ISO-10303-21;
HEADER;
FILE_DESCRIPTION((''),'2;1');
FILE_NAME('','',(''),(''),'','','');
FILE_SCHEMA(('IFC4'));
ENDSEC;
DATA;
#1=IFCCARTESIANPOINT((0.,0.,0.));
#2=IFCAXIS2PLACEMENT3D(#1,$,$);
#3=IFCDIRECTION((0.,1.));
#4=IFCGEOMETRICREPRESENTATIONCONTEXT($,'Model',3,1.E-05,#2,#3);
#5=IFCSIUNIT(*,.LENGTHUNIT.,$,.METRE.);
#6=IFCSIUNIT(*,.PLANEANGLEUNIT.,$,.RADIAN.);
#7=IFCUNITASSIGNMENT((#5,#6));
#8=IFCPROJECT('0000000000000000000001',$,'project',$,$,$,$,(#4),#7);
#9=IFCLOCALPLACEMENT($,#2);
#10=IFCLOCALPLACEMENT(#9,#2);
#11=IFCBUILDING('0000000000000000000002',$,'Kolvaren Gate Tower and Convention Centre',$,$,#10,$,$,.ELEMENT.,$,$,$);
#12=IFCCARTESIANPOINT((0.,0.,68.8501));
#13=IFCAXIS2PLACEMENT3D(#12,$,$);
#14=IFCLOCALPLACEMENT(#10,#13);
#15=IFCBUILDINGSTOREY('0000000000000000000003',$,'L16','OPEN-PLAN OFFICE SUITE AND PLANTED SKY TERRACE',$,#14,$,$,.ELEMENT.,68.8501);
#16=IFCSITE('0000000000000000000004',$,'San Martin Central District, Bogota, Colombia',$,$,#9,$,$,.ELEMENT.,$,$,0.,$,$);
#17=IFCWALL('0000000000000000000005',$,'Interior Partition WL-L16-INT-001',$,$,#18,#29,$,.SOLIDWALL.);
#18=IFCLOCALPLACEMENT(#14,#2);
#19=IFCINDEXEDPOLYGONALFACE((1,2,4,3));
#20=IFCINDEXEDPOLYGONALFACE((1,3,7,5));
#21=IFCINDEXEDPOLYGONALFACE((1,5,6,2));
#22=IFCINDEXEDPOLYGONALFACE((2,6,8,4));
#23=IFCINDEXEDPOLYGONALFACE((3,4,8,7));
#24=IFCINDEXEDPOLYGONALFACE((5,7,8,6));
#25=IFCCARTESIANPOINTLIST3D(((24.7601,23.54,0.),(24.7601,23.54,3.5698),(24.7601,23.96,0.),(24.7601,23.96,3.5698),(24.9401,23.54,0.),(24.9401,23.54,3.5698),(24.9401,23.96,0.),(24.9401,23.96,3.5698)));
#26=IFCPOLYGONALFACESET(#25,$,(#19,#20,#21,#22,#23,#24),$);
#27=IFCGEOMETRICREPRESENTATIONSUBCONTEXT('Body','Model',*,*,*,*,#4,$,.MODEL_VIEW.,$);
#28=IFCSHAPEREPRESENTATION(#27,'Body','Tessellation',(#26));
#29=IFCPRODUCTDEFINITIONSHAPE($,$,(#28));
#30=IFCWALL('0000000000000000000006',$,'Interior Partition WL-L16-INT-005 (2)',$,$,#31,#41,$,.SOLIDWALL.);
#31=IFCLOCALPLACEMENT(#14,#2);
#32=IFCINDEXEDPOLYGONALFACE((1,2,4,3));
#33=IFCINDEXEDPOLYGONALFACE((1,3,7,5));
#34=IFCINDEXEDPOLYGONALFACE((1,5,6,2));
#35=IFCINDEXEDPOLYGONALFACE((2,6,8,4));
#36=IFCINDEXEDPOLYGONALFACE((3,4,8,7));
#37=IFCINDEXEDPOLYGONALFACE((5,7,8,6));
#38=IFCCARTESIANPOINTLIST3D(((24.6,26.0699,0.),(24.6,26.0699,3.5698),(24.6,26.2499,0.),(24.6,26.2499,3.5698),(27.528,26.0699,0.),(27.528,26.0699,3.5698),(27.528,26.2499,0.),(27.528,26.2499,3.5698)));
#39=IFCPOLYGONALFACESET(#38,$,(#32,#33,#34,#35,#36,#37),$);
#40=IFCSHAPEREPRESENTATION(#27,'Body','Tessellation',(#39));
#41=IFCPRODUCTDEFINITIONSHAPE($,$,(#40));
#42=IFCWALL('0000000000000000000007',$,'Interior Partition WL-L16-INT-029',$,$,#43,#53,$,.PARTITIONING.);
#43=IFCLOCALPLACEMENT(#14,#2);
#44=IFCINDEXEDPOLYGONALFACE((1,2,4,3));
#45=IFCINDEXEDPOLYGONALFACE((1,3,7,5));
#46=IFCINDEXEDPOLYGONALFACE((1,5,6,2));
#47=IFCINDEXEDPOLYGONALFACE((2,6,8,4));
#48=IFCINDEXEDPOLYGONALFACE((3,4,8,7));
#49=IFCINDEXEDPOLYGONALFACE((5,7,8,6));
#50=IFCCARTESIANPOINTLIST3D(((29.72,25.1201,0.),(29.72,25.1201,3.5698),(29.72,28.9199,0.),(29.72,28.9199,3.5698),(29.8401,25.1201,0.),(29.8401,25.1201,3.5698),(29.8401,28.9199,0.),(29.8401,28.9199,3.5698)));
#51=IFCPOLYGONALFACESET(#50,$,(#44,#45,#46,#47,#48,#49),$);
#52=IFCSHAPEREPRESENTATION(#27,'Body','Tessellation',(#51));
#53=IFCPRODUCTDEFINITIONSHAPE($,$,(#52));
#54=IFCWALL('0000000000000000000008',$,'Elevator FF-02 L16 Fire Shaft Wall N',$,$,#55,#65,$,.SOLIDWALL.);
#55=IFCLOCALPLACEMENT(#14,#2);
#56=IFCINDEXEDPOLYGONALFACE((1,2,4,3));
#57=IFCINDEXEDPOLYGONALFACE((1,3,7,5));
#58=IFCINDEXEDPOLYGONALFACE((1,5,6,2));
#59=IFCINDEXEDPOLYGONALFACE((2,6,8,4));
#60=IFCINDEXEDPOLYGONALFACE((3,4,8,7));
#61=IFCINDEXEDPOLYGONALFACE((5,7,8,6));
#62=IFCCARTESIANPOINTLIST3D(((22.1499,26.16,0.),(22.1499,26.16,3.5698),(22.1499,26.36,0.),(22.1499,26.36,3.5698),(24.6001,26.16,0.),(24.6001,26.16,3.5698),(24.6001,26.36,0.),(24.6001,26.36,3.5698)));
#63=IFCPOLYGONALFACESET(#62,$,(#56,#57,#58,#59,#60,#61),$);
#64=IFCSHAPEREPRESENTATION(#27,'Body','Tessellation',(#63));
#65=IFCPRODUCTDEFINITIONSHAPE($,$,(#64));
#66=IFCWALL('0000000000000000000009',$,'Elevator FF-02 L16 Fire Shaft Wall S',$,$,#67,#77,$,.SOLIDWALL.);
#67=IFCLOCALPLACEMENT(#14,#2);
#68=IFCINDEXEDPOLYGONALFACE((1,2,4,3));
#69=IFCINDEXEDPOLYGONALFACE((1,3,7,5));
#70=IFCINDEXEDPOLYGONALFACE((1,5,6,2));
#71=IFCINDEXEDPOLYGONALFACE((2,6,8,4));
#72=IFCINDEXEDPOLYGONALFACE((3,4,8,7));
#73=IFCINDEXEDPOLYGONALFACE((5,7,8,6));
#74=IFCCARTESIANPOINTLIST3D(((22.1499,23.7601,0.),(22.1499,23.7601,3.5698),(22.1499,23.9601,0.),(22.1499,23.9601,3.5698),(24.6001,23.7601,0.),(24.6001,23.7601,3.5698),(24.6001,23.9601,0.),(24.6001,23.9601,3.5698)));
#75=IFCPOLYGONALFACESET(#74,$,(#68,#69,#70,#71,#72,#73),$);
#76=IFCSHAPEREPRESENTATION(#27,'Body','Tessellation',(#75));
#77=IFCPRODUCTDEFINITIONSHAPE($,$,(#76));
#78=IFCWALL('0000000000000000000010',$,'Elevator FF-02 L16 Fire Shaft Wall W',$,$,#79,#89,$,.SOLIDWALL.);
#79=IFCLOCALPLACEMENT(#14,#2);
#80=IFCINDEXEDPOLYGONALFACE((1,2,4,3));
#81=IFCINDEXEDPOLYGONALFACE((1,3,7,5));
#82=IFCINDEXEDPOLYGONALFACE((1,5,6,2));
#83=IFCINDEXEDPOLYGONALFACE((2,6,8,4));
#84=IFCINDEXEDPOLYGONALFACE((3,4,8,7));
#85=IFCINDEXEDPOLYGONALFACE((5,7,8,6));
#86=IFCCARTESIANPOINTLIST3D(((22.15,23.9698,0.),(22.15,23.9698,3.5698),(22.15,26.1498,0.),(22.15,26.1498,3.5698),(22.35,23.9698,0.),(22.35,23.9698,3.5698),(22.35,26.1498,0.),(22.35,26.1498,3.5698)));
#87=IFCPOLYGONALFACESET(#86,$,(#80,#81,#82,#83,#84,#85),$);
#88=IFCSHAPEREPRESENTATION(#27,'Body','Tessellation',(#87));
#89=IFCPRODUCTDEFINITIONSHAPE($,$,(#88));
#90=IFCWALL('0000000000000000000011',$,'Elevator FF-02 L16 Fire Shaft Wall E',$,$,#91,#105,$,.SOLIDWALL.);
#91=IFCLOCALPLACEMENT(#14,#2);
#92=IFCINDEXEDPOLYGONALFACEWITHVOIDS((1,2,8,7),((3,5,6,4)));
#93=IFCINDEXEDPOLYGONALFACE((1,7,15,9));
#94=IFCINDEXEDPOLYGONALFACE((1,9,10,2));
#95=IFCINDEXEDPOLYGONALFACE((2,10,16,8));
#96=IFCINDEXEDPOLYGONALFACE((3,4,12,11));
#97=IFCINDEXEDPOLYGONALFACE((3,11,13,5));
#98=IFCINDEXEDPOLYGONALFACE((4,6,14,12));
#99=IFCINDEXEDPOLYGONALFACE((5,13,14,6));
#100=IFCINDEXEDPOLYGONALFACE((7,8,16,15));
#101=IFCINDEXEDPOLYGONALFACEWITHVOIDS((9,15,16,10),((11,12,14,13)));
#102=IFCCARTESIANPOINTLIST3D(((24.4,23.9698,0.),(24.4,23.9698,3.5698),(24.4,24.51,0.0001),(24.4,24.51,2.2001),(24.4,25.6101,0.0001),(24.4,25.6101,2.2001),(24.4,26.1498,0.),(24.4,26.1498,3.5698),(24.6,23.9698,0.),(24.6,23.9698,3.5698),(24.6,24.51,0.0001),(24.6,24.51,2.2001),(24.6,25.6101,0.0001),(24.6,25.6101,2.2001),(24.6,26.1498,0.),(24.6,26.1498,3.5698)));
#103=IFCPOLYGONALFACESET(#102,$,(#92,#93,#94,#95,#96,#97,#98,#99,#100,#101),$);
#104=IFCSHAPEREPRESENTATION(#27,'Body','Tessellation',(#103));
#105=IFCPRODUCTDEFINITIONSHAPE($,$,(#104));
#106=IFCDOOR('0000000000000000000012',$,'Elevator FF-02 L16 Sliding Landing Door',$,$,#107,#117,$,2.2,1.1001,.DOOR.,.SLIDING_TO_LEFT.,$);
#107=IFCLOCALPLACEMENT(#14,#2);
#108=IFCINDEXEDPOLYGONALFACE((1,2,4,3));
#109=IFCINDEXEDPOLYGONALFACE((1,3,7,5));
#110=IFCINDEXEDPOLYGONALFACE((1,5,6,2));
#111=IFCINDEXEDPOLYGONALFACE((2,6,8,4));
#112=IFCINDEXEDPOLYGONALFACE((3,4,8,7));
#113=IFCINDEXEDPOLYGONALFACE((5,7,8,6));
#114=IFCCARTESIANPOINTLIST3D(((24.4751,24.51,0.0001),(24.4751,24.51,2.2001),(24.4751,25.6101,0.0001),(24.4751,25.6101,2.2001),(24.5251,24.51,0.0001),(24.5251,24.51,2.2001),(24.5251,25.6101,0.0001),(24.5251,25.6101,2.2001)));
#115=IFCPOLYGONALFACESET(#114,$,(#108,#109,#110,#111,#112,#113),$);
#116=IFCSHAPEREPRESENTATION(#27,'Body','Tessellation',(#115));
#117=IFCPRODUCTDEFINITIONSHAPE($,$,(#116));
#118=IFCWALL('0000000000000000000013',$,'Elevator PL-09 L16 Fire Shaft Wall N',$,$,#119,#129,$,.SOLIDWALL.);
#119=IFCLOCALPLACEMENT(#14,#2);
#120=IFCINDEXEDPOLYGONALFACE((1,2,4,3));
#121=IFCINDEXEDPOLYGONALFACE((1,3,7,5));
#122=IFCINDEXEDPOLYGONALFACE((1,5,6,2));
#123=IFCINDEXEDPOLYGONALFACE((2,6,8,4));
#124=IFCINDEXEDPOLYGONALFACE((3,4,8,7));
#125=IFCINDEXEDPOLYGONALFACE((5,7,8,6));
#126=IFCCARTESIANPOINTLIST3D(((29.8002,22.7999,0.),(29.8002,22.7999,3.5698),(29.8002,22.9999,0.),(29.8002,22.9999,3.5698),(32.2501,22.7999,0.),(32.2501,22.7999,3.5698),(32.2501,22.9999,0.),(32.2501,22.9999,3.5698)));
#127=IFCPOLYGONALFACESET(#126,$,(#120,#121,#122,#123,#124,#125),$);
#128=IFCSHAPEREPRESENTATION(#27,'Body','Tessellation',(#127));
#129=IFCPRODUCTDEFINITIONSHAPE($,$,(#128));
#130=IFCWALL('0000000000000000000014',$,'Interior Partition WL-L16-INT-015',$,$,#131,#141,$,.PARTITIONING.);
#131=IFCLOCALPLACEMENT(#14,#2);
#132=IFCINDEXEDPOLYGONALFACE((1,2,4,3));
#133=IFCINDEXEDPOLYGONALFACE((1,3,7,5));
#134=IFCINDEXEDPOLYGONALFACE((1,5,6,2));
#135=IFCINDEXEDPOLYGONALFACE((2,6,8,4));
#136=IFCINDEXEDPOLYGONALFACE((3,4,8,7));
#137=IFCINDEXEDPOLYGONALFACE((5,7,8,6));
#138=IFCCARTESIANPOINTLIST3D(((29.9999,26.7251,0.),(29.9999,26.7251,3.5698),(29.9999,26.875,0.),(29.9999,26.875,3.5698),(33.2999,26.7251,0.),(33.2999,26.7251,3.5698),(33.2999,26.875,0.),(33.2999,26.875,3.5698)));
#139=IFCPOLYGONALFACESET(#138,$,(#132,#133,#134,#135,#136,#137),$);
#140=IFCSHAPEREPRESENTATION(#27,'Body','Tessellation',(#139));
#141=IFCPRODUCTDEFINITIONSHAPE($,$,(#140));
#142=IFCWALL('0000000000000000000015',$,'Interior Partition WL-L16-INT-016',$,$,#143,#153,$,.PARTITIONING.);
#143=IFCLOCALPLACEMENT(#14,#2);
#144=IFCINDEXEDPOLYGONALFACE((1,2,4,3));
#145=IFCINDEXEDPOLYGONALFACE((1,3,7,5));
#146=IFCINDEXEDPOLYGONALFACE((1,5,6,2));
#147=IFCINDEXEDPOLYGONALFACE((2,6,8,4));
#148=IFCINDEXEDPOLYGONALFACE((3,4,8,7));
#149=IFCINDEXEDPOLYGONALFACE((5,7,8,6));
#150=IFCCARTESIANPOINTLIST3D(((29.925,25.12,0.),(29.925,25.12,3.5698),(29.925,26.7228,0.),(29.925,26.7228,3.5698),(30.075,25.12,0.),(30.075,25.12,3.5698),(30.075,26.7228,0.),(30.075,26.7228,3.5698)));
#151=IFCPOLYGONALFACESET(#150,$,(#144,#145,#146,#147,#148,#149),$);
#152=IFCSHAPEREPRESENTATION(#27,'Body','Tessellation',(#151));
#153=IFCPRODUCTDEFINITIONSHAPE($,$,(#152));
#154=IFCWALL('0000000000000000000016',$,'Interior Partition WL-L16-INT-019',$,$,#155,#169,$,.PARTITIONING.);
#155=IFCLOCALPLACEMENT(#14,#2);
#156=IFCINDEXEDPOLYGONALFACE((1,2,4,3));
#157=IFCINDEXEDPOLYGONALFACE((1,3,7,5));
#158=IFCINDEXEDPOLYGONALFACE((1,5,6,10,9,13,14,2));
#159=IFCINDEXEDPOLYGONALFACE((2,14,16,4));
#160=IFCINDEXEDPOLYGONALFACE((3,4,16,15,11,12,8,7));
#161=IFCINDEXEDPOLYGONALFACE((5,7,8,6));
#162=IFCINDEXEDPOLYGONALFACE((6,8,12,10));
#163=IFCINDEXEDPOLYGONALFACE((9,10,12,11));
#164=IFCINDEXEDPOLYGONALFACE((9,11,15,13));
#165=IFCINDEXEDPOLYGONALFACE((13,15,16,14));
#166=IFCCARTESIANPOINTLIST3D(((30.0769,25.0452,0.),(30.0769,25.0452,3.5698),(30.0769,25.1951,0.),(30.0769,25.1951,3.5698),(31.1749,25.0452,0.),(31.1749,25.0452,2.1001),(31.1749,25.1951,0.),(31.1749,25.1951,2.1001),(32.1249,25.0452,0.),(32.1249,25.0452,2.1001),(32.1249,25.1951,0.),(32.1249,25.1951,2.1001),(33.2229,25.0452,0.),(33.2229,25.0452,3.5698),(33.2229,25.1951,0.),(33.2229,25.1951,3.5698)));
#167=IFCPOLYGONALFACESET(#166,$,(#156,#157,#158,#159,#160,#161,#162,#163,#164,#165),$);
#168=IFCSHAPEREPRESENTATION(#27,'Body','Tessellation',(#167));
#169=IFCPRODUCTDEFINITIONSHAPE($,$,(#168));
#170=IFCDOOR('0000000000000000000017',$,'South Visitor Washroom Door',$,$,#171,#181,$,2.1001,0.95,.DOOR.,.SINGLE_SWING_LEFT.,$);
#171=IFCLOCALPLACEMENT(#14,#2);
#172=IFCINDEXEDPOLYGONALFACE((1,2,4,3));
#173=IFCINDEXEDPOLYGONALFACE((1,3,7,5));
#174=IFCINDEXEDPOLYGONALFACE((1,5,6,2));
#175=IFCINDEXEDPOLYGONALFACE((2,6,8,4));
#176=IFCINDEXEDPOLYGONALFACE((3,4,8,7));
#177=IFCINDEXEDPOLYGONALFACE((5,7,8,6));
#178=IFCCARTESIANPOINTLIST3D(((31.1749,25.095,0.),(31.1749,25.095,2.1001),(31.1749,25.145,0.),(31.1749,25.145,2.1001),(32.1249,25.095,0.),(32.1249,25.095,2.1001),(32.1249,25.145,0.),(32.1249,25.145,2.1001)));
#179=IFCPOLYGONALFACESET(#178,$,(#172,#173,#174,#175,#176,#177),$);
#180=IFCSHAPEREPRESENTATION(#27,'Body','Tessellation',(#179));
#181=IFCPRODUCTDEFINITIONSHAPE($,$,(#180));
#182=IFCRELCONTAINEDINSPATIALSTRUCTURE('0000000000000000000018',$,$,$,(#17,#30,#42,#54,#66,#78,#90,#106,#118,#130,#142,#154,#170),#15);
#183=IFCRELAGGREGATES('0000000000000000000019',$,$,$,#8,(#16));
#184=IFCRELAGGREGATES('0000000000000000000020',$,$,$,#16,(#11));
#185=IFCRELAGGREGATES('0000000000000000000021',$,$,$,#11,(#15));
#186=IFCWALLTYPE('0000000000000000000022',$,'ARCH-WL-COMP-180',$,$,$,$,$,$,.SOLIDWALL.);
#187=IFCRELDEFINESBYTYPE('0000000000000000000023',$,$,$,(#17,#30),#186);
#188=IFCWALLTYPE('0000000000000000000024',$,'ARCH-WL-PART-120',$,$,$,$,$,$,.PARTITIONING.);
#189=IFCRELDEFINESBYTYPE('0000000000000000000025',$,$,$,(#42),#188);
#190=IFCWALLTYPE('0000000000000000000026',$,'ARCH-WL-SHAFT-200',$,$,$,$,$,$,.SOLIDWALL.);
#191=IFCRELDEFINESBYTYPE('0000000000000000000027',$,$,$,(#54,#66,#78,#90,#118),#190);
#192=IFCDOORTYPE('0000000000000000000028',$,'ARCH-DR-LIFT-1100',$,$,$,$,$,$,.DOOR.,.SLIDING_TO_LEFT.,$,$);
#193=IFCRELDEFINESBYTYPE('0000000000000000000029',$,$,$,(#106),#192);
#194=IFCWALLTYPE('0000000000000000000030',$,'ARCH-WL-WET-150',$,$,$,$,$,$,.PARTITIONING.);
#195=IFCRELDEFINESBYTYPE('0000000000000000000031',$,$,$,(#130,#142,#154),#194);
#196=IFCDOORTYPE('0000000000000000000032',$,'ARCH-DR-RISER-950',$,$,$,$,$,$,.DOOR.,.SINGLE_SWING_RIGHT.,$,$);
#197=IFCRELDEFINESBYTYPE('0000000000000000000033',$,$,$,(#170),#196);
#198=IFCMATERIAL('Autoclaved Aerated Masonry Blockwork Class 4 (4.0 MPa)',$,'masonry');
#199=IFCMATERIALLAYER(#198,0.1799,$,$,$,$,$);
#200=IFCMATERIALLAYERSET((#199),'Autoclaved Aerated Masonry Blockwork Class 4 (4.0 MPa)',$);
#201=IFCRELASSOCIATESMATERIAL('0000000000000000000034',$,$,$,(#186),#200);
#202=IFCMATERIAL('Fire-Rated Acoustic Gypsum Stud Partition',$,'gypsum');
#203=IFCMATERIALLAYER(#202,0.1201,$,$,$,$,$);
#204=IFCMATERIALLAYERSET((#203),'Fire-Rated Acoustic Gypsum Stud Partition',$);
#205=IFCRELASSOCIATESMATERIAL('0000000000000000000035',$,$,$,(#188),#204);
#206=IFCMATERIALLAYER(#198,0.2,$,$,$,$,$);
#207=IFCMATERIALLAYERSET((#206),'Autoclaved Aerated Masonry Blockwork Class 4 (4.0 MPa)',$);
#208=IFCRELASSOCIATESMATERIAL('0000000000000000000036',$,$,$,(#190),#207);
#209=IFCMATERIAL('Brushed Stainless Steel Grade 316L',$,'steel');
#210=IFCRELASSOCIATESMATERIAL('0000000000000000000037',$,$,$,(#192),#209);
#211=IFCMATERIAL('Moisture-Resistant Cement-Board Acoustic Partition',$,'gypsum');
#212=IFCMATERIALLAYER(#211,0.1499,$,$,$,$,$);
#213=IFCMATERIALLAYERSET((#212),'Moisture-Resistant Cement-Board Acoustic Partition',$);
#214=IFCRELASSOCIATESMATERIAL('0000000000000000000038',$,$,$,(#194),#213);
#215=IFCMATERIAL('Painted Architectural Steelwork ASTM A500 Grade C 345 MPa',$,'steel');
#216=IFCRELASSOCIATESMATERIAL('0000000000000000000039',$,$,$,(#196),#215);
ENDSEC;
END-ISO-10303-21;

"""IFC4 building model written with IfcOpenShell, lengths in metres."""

from ifc_helpers import new_model, si_unit, direction, frame, frame_2d, origin, place, context, subcontext, project, spatial, rectangle, extrude, material, layer, layer_set, type_object, element, fill, save


model = new_model("IFC4")

# Units and contexts
model_context = context("Model", 3, precision=1e-05, world=origin(), true_north=direction((0.0, 1.0)))
body_context = subcontext(model_context, "Body", "Model", "MODEL_VIEW")
ifc_project = project(units=[si_unit("LENGTHUNIT", "METRE"), si_unit("PLANEANGLEUNIT", "RADIAN")], contexts=[model_context])

# Site, building, storey
site_placement = place(None, origin())
site = spatial("IfcSite", under=ifc_project, at=site_placement, Name="San Martin Central District, Bogota, Colombia", CompositionType="ELEMENT", RefElevation=0.0)
building_placement = place(site_placement, origin())
building = spatial("IfcBuilding", under=site, at=building_placement, Name="Kolvaren Gate Tower and Convention Centre", CompositionType="ELEMENT")
storey_placement = place(building_placement, frame((0.0, 0.0, 68.8501)))
storey = spatial("IfcBuildingStorey", under=building, at=storey_placement, Name="L16", Description="OPEN-PLAN OFFICE SUITE AND PLANTED SKY TERRACE", CompositionType="ELEMENT", Elevation=68.8501)

# Walls
ifc_material_1 = material(Name="Autoclaved Aerated Masonry Blockwork Class 4 (4.0 MPa)", Category="masonry")
ifc_layer_1 = layer(ifc_material_1, 0.1799)
ifc_layer_set_1 = layer_set([ifc_layer_1], Name="Autoclaved Aerated Masonry Blockwork Class 4 (4.0 MPa)")
wall_type_1 = type_object("IfcWallType", Name="ARCH-WL-COMP-180", PredefinedType="SOLIDWALL", material=ifc_layer_set_1)
wall_1_placement = place(storey_placement, frame((24.8501, 23.54, 0.0), z_axis=(0.0, 0.0, 1.0), x_axis=(0.0, 1.0, 0.0)))
element("IfcWall", 1, at=wall_1_placement, inside=storey, type_object=wall_type_1, Name="Interior Partition WL-L16-INT-001", PredefinedType="SOLIDWALL", context=body_context, shape_type="SweptSolid", body=[
    extrude(rectangle(XDim=0.4199, YDim=0.1799, at=frame_2d((0.21, 0.0))), origin(), (0.0, 0.0, 1.0), 3.5698),
])
wall_2_placement = place(storey_placement, frame((24.6001, 26.1599, 0.0), z_axis=(0.0, 0.0, 1.0), x_axis=(1.0, 0.0, 0.0)))
element("IfcWall", 2, at=wall_2_placement, inside=storey, type_object=wall_type_1, Name="Interior Partition WL-L16-INT-005 (2)", PredefinedType="SOLIDWALL", context=body_context, shape_type="SweptSolid", body=[
    extrude(rectangle(XDim=2.928, YDim=0.1799, at=frame_2d((1.4639, 0.0))), origin(), (0.0, 0.0, 1.0), 3.5698),
])
ifc_material_2 = material(Name="Fire-Rated Acoustic Gypsum Stud Partition", Category="gypsum")
ifc_layer_2 = layer(ifc_material_2, 0.1201)
ifc_layer_set_2 = layer_set([ifc_layer_2], Name="Fire-Rated Acoustic Gypsum Stud Partition")
wall_type_2 = type_object("IfcWallType", Name="ARCH-WL-PART-120", PredefinedType="PARTITIONING", material=ifc_layer_set_2)
wall_3_placement = place(storey_placement, frame((29.78, 25.1201, 0.0), z_axis=(0.0, 0.0, 1.0), x_axis=(0.0, 1.0, 0.0)))
element("IfcWall", 3, at=wall_3_placement, inside=storey, type_object=wall_type_2, Name="Interior Partition WL-L16-INT-029", PredefinedType="PARTITIONING", context=body_context, shape_type="SweptSolid", body=[
    extrude(rectangle(XDim=3.7998, YDim=0.1201, at=frame_2d((1.8999, 0.0))), origin(), (0.0, 0.0, 1.0), 3.5698),
])
ifc_layer_3 = layer(ifc_material_1, 0.2)
ifc_layer_set_3 = layer_set([ifc_layer_3], Name="Autoclaved Aerated Masonry Blockwork Class 4 (4.0 MPa)")
wall_type_3 = type_object("IfcWallType", Name="ARCH-WL-SHAFT-200", PredefinedType="SOLIDWALL", material=ifc_layer_set_3)
for number, where, z_axis, x_axis, name in (
    (4, (22.1499, 26.26, 0.0), (0.0, 0.0, 1.0), (1.0, 0.0, 0.0), "Elevator FF-02 L16 Fire Shaft Wall N"),
    (5, (22.1499, 23.8601, 0.0), (0.0, 0.0, 1.0), (1.0, 0.0, 0.0), "Elevator FF-02 L16 Fire Shaft Wall S"),
):
    element("IfcWall", number, at=place(storey_placement, frame(where, z_axis=z_axis, x_axis=x_axis)), inside=storey, type_object=wall_type_3, Name=name, PredefinedType="SOLIDWALL", context=body_context, shape_type="SweptSolid", body=[
        extrude(rectangle(XDim=2.4502, YDim=0.2, at=frame_2d((1.2251, 0.0))), origin(), (0.0, 0.0, 1.0), 3.5698),
    ])
wall_4_placement = place(storey_placement, frame((22.25, 23.97, 0.0), z_axis=(0.0, 0.0, 1.0), x_axis=(0.0, 1.0, 0.0)))
element("IfcWall", 6, at=wall_4_placement, inside=storey, type_object=wall_type_3, Name="Elevator FF-02 L16 Fire Shaft Wall W", PredefinedType="SOLIDWALL", context=body_context, shape_type="SweptSolid", body=[
    extrude(rectangle(XDim=2.1799, YDim=0.2, at=frame_2d((1.0898, 0.0))), origin(), (0.0, 0.0, 1.0), 3.5698),
])

# Wall, opening, door
wall_5_placement = place(storey_placement, frame((24.5, 23.97, 0.0), z_axis=(0.0, 0.0, 1.0), x_axis=(0.0, 1.0, 0.0)))
wall_5 = element("IfcWall", 7, at=wall_5_placement, inside=storey, type_object=wall_type_3, Name="Elevator FF-02 L16 Fire Shaft Wall E", PredefinedType="SOLIDWALL", context=body_context, shape_type="SweptSolid", body=[
    extrude(rectangle(XDim=2.1799, YDim=0.2, at=frame_2d((1.0898, 0.0))), origin(), (0.0, 0.0, 1.0), 3.5698),
])
opening_1_placement = place(wall_5_placement, frame((0.54, 0.0, 0.0)))
opening_1 = element("IfcOpeningElement", 8, at=opening_1_placement, cuts=wall_5, PredefinedType="OPENING", context=body_context, shape_type="SweptSolid", body=[
    extrude(rectangle(XDim=1.1001, YDim=2.2, at=frame_2d((0.55, 1.1001))), frame((0.0, 0.1099, 0.0), z_axis=(0.0, -1.0, 0.0), x_axis=(1.0, 0.0, 0.0)), (0.0, 0.0, 1.0), 0.22),
])
ifc_material_3 = material(Name="Brushed Stainless Steel Grade 316L", Category="steel")
door_type_1 = type_object("IfcDoorType", Name="ARCH-DR-LIFT-1100", OperationType="SLIDING_TO_LEFT", PredefinedType="DOOR", material=ifc_material_3)
door_1_placement = place(opening_1_placement, origin())
door_1 = element("IfcDoor", 9, at=door_1_placement, inside=storey, type_object=door_type_1, Name="Elevator FF-02 L16 Sliding Landing Door", OperationType="SLIDING_TO_LEFT", OverallHeight=2.2, OverallWidth=1.1001, PredefinedType="DOOR", context=body_context, shape_type="SweptSolid", body=[
    extrude(rectangle(XDim=1.1001, YDim=2.2, at=frame_2d((0.55, 1.1001))), frame((0.0, 0.0249, 0.0), z_axis=(0.0, -1.0, 0.0), x_axis=(1.0, 0.0, 0.0)), (0.0, 0.0, 1.0), 0.05),
])
fill(opening_1, door_1)

# Walls
wall_6_placement = place(storey_placement, frame((29.8, 22.8999, 0.0), z_axis=(0.0, 0.0, 1.0), x_axis=(1.0, 0.0, 0.0)))
element("IfcWall", 10, at=wall_6_placement, inside=storey, type_object=wall_type_3, Name="Elevator PL-09 L16 Fire Shaft Wall N", PredefinedType="SOLIDWALL", context=body_context, shape_type="SweptSolid", body=[
    extrude(rectangle(XDim=2.45, YDim=0.2, at=frame_2d((1.2251, 0.0))), origin(), (0.0, 0.0, 1.0), 3.5698),
])
ifc_material_4 = material(Name="Moisture-Resistant Cement-Board Acoustic Partition", Category="gypsum")
ifc_layer_4 = layer(ifc_material_4, 0.1499)
ifc_layer_set_4 = layer_set([ifc_layer_4], Name="Moisture-Resistant Cement-Board Acoustic Partition")
wall_type_4 = type_object("IfcWallType", Name="ARCH-WL-WET-150", PredefinedType="PARTITIONING", material=ifc_layer_set_4)
wall_7_placement = place(storey_placement, frame((30.0, 26.8, 0.0), z_axis=(0.0, 0.0, 1.0), x_axis=(1.0, 0.0, 0.0)))
element("IfcWall", 11, at=wall_7_placement, inside=storey, type_object=wall_type_4, Name="Interior Partition WL-L16-INT-015", PredefinedType="PARTITIONING", context=body_context, shape_type="SweptSolid", body=[
    extrude(rectangle(XDim=3.3, YDim=0.1499, at=frame_2d((1.6499, 0.0))), origin(), (0.0, 0.0, 1.0), 3.5698),
])
wall_8_placement = place(storey_placement, frame((30.0, 25.1201, 0.0), z_axis=(0.0, 0.0, 1.0), x_axis=(0.0, 1.0, 0.0)))
element("IfcWall", 12, at=wall_8_placement, inside=storey, type_object=wall_type_4, Name="Interior Partition WL-L16-INT-016", PredefinedType="PARTITIONING", context=body_context, shape_type="SweptSolid", body=[
    extrude(rectangle(XDim=1.6028, YDim=0.1499, at=frame_2d((0.8013, 0.0))), origin(), (0.0, 0.0, 1.0), 3.5698),
])

# Wall, opening, door
wall_9_placement = place(storey_placement, frame((30.0769, 25.1201, 0.0), z_axis=(0.0, 0.0, 1.0), x_axis=(1.0, 0.0, 0.0)))
wall_9 = element("IfcWall", 13, at=wall_9_placement, inside=storey, type_object=wall_type_4, Name="Interior Partition WL-L16-INT-019", PredefinedType="PARTITIONING", context=body_context, shape_type="SweptSolid", body=[
    extrude(rectangle(XDim=3.146, YDim=0.1499, at=frame_2d((1.573, 0.0))), origin(), (0.0, 0.0, 1.0), 3.5698),
])
opening_2_placement = place(wall_9_placement, frame((1.0979, 0.0, 0.0)))
opening_2 = element("IfcOpeningElement", 14, at=opening_2_placement, cuts=wall_9, PredefinedType="OPENING", context=body_context, shape_type="SweptSolid", body=[
    extrude(rectangle(XDim=0.95, YDim=2.1001, at=frame_2d((0.4751, 1.05))), frame((0.0, 0.085, 0.0), z_axis=(0.0, -1.0, 0.0), x_axis=(1.0, 0.0, 0.0)), (0.0, 0.0, 1.0), 0.1699),
])
ifc_material_5 = material(Name="Painted Architectural Steelwork ASTM A500 Grade C 345 MPa", Category="steel")
door_type_2 = type_object("IfcDoorType", Name="ARCH-DR-RISER-950", OperationType="SINGLE_SWING_RIGHT", PredefinedType="DOOR", material=ifc_material_5)
door_2_placement = place(opening_2_placement, origin())
door_2 = element("IfcDoor", 15, at=door_2_placement, inside=storey, type_object=door_type_2, Name="South Visitor Washroom Door", OperationType="SINGLE_SWING_LEFT", OverallHeight=2.1001, OverallWidth=0.95, PredefinedType="DOOR", context=body_context, shape_type="SweptSolid", body=[
    extrude(rectangle(XDim=0.95, YDim=2.1001, at=frame_2d((0.4751, 1.05))), frame((0.0, 0.0249, 0.0), z_axis=(0.0, -1.0, 0.0), x_axis=(1.0, 0.0, 0.0)), (0.0, 0.0, 1.0), 0.05),
])
fill(opening_2, door_2)

save(model, "model.ifc")
